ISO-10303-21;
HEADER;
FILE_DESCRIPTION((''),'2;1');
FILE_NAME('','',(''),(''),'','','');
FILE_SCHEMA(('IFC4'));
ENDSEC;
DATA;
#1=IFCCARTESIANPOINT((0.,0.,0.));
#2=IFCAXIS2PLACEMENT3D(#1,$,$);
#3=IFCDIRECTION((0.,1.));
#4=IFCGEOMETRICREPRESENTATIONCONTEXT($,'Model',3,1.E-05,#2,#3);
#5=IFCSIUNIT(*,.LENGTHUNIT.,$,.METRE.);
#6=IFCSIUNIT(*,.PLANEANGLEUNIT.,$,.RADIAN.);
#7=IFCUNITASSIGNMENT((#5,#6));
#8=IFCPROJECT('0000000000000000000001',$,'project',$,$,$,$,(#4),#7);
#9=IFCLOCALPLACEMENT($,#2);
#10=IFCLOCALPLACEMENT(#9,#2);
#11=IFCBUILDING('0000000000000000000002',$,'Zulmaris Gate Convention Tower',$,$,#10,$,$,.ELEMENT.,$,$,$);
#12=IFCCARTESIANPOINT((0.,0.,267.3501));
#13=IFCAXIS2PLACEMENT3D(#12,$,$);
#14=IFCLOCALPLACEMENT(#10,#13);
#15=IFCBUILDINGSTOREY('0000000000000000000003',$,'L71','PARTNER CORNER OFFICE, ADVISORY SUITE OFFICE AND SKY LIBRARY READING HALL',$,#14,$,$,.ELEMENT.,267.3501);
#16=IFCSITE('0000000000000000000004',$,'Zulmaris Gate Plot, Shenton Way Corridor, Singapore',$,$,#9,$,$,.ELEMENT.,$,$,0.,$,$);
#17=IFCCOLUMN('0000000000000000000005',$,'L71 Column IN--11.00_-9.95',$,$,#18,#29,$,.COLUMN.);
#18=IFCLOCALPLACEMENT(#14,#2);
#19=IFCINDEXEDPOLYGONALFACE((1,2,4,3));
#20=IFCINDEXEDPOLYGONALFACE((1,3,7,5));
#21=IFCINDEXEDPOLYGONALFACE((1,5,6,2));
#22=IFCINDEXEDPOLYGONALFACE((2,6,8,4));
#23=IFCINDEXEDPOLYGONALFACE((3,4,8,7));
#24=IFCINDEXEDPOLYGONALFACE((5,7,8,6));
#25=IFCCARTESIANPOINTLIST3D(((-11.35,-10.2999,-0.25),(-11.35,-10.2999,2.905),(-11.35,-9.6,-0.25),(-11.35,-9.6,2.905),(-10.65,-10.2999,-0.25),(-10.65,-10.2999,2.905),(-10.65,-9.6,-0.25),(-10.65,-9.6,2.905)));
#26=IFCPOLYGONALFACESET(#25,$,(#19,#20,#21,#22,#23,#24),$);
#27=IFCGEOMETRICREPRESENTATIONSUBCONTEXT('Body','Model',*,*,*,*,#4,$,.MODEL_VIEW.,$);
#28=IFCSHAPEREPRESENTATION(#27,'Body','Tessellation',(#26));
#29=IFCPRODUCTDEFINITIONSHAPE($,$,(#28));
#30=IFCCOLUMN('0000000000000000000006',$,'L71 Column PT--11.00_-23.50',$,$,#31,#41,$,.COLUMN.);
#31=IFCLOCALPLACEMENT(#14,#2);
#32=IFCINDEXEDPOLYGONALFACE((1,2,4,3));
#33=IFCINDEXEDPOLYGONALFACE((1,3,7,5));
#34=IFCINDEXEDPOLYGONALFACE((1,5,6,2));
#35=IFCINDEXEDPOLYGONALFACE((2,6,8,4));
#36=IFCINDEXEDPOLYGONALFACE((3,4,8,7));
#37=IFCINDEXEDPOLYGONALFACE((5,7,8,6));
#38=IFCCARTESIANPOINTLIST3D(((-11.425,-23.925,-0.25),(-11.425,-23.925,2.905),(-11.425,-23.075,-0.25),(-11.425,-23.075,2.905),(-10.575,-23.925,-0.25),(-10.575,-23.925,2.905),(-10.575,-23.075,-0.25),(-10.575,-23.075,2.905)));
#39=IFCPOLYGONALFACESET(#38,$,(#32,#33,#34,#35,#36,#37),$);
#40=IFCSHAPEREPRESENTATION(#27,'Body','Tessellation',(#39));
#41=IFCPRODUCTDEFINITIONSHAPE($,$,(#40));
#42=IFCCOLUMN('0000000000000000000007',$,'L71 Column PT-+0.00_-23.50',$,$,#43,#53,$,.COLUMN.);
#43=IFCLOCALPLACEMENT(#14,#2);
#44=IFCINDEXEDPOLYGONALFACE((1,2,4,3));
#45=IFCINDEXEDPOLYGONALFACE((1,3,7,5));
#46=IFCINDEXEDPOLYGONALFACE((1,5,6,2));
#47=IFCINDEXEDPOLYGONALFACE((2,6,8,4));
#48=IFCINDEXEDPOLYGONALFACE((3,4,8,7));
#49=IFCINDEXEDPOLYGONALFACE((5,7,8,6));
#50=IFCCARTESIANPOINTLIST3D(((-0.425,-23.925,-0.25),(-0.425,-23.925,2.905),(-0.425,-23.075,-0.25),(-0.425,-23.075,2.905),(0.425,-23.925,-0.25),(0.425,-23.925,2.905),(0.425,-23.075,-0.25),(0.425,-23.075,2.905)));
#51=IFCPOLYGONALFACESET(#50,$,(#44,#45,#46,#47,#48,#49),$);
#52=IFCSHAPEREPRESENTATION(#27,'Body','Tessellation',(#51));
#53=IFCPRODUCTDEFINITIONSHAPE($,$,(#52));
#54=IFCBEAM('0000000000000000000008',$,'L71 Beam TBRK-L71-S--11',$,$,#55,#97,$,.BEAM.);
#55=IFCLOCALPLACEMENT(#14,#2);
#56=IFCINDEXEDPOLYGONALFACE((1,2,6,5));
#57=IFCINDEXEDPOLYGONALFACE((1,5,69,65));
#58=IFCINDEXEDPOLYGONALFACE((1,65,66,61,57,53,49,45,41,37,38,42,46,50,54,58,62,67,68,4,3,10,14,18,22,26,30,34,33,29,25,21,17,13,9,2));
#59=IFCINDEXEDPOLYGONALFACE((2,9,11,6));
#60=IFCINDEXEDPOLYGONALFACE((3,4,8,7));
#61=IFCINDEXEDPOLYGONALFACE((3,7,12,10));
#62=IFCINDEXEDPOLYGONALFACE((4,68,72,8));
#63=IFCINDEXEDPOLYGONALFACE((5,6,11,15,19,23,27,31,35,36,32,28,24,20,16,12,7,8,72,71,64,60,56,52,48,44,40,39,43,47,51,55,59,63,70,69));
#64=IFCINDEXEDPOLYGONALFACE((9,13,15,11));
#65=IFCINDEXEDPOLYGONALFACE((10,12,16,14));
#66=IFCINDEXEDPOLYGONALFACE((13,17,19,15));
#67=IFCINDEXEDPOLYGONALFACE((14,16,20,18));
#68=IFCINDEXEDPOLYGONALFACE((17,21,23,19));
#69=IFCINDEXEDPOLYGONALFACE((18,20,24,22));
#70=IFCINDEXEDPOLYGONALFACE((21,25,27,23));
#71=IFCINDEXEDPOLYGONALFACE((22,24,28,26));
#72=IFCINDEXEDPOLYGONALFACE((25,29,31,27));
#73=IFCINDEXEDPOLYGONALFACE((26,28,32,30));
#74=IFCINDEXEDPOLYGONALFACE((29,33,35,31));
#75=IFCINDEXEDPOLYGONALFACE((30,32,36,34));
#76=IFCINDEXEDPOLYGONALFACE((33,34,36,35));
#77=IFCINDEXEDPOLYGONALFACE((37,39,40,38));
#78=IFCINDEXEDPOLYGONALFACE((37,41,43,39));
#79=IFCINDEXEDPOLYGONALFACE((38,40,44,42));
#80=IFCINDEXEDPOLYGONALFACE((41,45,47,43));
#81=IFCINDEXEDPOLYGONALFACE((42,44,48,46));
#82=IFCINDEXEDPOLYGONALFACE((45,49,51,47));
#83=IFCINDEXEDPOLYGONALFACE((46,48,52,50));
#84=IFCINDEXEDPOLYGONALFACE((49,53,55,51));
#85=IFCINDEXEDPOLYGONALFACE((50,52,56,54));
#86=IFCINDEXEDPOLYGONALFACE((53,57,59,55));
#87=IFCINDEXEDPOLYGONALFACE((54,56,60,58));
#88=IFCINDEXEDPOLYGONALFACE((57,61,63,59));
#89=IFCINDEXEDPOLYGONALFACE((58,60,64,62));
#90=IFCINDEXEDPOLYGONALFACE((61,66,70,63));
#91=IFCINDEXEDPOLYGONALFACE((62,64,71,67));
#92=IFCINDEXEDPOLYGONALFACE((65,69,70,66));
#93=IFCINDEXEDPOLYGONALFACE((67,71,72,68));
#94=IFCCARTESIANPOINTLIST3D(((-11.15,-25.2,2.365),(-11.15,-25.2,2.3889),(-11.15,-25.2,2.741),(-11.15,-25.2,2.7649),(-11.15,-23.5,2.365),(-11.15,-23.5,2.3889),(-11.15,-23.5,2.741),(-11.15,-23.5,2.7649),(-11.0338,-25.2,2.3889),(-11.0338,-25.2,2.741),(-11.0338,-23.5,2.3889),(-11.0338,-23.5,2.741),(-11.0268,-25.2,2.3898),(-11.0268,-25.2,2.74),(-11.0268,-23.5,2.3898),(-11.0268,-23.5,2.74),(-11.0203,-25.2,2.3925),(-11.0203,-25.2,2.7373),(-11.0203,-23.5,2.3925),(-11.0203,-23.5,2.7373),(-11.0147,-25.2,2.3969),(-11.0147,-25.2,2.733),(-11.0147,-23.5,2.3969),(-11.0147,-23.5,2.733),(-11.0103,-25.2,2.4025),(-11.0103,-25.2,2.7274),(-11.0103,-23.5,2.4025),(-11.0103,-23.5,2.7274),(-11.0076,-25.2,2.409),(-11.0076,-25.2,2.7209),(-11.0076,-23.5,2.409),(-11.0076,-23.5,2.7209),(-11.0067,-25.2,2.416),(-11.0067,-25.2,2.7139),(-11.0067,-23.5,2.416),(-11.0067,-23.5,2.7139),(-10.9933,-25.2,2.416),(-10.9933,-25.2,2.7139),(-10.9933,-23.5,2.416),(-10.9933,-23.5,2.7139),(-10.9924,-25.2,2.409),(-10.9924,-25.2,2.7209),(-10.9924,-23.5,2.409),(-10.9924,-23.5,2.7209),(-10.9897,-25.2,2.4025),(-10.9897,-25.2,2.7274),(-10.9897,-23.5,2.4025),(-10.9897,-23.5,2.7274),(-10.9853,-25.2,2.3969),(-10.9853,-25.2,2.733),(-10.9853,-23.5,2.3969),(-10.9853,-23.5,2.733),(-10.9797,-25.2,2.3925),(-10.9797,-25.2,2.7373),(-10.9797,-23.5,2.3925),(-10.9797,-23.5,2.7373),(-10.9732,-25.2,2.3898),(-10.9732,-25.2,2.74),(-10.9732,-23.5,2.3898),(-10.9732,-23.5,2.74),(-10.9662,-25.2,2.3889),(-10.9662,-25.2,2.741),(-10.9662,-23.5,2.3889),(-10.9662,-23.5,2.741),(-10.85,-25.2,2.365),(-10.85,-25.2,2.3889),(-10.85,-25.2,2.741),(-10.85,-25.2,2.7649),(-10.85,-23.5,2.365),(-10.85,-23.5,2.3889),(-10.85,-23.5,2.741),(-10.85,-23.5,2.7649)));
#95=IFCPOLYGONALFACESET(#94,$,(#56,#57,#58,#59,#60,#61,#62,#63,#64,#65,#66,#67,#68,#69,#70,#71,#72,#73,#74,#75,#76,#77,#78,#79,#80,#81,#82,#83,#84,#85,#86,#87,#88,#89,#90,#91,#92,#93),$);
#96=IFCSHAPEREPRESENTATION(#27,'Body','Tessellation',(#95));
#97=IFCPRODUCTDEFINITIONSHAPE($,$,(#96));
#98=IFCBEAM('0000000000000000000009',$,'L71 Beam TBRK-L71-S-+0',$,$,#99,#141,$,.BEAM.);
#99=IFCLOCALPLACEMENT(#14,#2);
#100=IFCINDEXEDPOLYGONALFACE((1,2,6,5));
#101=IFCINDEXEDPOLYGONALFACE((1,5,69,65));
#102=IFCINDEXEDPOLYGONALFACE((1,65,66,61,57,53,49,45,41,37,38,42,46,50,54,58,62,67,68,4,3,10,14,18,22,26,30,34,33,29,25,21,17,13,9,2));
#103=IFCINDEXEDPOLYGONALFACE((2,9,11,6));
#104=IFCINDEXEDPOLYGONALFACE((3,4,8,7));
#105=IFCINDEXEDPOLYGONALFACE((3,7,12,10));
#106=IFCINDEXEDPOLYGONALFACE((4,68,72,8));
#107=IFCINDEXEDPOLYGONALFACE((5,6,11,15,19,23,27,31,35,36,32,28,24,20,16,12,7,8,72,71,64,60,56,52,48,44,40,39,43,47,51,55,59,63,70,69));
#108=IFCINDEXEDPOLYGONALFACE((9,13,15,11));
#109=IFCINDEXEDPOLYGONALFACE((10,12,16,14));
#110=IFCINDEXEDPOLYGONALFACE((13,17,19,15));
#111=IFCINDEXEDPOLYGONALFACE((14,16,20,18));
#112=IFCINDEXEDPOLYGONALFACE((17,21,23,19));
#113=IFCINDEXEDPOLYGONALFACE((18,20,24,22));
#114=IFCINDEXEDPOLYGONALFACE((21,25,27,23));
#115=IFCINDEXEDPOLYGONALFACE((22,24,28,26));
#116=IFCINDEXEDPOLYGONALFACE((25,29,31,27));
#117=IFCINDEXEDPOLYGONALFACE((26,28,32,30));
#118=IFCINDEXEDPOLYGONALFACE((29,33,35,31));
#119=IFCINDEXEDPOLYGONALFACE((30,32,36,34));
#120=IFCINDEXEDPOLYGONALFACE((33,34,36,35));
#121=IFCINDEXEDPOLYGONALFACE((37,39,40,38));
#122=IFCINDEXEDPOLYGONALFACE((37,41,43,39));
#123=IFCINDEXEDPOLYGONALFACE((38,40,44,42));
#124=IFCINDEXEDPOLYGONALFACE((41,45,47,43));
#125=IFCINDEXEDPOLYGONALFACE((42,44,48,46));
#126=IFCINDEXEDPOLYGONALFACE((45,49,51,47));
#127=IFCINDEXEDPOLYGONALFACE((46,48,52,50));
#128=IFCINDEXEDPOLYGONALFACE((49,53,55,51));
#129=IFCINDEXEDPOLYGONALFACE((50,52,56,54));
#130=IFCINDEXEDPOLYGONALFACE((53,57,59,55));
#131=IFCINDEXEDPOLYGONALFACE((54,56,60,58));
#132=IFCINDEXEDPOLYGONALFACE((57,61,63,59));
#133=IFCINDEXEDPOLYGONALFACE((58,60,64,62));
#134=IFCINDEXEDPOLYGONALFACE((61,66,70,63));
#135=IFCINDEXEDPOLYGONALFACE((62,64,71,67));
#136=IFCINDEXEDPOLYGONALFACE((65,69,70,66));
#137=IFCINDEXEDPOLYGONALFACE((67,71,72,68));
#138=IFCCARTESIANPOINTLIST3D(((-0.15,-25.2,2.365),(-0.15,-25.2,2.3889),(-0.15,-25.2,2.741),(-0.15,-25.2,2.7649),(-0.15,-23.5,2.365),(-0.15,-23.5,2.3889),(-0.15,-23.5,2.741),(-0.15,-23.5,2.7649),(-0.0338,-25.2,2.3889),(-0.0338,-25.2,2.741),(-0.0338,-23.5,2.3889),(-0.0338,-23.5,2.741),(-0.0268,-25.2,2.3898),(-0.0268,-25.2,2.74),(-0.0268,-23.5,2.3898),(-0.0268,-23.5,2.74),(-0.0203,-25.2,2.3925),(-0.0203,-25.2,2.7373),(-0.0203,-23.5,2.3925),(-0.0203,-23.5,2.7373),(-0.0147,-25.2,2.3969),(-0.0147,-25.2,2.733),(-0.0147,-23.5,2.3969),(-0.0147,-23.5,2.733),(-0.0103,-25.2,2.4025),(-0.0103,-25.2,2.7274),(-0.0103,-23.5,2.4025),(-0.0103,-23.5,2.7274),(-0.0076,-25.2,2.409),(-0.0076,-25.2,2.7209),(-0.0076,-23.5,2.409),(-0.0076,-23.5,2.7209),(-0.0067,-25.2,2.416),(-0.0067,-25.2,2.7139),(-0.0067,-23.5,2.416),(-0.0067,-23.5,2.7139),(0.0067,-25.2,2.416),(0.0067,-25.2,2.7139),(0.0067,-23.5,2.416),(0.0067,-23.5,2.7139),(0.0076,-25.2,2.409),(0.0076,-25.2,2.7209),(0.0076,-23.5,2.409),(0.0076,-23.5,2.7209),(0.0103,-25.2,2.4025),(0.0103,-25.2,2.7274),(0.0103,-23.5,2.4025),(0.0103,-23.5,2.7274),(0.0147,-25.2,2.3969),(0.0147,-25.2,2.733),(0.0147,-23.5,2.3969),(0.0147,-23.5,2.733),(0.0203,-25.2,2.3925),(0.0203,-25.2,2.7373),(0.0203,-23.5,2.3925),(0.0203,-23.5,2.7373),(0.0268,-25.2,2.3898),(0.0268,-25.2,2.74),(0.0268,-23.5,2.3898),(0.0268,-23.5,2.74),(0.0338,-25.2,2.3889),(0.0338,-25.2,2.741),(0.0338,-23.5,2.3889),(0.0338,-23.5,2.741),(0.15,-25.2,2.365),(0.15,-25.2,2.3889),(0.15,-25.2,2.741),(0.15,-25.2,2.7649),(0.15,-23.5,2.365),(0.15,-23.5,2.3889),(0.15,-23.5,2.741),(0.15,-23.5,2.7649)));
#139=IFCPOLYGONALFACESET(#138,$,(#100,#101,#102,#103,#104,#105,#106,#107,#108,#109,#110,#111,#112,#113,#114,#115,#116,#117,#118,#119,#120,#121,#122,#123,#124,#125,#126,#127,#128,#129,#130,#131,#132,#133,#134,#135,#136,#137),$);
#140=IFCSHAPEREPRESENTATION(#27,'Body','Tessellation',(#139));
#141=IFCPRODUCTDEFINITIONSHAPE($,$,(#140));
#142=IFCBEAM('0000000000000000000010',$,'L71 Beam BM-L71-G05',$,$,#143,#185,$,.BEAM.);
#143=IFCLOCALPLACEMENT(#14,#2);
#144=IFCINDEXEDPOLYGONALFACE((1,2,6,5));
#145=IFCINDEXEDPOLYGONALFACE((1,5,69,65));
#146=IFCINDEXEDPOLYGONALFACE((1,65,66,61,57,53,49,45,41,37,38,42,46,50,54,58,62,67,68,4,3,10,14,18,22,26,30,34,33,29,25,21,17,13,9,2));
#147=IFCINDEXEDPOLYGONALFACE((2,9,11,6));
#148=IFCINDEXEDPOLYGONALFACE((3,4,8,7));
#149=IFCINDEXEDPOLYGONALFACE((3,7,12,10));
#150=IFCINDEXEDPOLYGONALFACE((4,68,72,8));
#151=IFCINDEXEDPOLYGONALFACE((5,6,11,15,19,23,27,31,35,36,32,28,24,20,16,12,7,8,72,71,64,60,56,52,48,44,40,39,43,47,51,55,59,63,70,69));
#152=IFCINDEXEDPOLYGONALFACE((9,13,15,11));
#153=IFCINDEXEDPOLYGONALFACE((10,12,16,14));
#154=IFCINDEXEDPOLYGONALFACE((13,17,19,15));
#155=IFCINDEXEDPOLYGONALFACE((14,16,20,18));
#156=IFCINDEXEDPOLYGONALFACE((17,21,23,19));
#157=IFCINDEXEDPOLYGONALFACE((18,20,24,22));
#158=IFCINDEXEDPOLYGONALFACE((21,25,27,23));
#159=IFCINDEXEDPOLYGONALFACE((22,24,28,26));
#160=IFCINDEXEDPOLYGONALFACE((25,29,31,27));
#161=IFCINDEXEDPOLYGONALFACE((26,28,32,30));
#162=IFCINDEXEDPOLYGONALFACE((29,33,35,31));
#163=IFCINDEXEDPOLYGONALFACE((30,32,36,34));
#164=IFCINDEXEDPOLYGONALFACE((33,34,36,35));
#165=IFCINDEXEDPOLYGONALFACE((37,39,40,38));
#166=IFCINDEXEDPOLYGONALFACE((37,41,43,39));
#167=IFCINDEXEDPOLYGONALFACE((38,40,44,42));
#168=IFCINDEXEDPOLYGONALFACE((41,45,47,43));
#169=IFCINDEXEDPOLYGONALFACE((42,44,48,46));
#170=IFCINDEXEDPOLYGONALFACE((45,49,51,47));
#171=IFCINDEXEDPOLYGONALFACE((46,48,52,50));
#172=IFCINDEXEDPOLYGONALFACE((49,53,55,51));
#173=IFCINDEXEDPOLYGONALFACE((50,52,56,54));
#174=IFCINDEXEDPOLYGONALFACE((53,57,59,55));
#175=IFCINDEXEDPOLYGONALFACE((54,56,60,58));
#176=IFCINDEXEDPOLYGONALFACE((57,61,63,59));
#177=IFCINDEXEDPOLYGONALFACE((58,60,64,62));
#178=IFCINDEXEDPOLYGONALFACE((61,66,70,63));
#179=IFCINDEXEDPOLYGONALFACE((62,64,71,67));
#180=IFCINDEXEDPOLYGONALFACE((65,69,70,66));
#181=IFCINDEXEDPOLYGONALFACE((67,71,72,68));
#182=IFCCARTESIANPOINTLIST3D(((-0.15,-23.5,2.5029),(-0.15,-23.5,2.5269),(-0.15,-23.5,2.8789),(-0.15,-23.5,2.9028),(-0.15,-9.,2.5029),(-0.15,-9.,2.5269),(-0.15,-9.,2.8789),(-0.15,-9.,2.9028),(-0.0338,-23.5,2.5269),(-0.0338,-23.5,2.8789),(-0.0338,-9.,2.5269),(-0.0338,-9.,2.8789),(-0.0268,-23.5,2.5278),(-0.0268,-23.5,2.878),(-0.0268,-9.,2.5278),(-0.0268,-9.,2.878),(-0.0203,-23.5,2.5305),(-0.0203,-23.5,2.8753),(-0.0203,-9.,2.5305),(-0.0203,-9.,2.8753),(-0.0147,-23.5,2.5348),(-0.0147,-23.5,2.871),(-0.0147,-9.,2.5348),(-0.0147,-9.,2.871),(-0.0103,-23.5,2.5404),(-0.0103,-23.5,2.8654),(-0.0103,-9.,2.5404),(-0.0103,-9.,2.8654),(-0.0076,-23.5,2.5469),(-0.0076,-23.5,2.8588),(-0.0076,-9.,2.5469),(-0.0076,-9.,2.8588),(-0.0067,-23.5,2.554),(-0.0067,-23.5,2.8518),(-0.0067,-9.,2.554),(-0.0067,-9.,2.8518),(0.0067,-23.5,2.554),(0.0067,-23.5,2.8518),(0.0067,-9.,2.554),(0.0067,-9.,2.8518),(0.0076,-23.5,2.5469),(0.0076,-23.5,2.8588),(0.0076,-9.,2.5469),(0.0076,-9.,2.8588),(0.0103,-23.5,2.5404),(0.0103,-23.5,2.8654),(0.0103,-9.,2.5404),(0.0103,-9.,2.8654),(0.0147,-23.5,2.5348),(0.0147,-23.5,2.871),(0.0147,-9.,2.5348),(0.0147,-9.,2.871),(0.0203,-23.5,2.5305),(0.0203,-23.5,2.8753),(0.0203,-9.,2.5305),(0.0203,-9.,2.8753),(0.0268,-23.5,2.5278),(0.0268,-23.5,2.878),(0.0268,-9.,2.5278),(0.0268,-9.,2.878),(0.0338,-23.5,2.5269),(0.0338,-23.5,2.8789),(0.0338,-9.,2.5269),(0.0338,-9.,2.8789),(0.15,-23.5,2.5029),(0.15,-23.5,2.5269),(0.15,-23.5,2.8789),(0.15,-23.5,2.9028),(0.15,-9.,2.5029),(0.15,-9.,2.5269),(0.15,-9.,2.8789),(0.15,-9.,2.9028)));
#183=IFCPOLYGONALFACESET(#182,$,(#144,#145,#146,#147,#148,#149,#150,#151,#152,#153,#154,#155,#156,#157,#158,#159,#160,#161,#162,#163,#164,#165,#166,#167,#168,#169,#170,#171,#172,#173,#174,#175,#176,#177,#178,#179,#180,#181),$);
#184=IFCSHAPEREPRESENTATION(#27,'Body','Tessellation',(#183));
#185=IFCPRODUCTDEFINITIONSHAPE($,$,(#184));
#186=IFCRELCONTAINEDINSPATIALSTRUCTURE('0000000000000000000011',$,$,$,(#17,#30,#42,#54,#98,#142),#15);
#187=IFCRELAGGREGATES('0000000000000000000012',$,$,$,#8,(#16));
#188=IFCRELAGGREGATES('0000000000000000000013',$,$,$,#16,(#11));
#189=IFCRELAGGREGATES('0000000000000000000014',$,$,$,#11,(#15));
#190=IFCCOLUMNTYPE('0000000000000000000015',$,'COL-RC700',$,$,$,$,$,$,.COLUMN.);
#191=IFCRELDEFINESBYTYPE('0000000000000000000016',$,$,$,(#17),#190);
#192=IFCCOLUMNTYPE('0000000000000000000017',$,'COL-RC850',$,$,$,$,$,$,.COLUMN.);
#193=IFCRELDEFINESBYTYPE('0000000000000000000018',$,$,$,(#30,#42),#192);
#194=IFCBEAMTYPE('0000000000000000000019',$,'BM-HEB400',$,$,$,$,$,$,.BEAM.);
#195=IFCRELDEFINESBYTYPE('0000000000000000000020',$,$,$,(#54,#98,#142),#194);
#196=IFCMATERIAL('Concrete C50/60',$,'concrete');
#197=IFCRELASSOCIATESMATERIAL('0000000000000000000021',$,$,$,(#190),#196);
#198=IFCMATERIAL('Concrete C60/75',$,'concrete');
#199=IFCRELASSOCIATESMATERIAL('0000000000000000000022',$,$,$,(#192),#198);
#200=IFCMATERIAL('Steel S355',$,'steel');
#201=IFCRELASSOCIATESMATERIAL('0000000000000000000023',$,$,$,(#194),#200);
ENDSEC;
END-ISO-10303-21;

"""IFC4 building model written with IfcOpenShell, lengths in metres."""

from ifc_helpers import new_model, si_unit, direction, frame, origin, origin_2d, place, context, subcontext, project, spatial, rectangle, i_section, extrude, material, material_profile, profile_set, type_object, element, save


model = new_model("IFC4")

# Units and contexts
model_context = context("Model", 3, precision=1e-05, world=origin(), true_north=direction((0.0, 1.0)))
body_context = subcontext(model_context, "Body", "Model", "MODEL_VIEW")
ifc_project = project(units=[si_unit("LENGTHUNIT", "METRE"), si_unit("PLANEANGLEUNIT", "RADIAN")], contexts=[model_context])

# Site, building, storey
site_placement = place(None, origin())
site = spatial("IfcSite", under=ifc_project, at=site_placement, Name="Zulmaris Gate Plot, Shenton Way Corridor, Singapore", CompositionType="ELEMENT", RefElevation=0.0)
building_placement = place(site_placement, origin())
building = spatial("IfcBuilding", under=site, at=building_placement, Name="Zulmaris Gate Convention Tower", CompositionType="ELEMENT")
storey_placement = place(building_placement, frame((0.0, 0.0, 267.3501)))
storey = spatial("IfcBuildingStorey", under=building, at=storey_placement, Name="L71", Description="PARTNER CORNER OFFICE, ADVISORY SUITE OFFICE AND SKY LIBRARY READING HALL", CompositionType="ELEMENT", Elevation=267.3501)

# Columns
ifc_material_1 = material(Name="Concrete C50/60", Category="concrete")
ifc_material_profile_1 = material_profile(ifc_material_1, rectangle(XDim=0.7, YDim=0.7, at=origin_2d()), Name="RC COL 700x700")
ifc_profile_set_1 = profile_set([ifc_material_profile_1], Name="Concrete C50/60")
column_type_1 = type_object("IfcColumnType", Name="COL-RC700", PredefinedType="COLUMN", material=ifc_profile_set_1)
column_placement = place(storey_placement, frame((-11.0, -9.95, -0.25), z_axis=(0.0, 0.0, 1.0), x_axis=(1.0, 0.0, 0.0)))
element("IfcColumn", 1, at=column_placement, inside=storey, type_object=column_type_1, Name="L71 Column IN--11.00_-9.95", PredefinedType="COLUMN", context=body_context, shape_type="SweptSolid", body=[
    extrude(rectangle(XDim=0.7, YDim=0.7, at=origin_2d()), origin(), (0.0, 0.0, 1.0), 3.155),
])
ifc_material_2 = material(Name="Concrete C60/75", Category="concrete")
ifc_material_profile_2 = material_profile(ifc_material_2, rectangle(XDim=0.8501, YDim=0.8501, at=origin_2d()), Name="RC COL 850x850")
ifc_profile_set_2 = profile_set([ifc_material_profile_2], Name="Concrete C60/75")
column_type_2 = type_object("IfcColumnType", Name="COL-RC850", PredefinedType="COLUMN", material=ifc_profile_set_2)
for number, where, z_axis, x_axis, name in (
    (2, (-11.0, -23.5, -0.25), (0.0, 0.0, 1.0), (1.0, 0.0, 0.0), "L71 Column PT--11.00_-23.50"),
    (3, (0.0, -23.5, -0.25), (0.0, 0.0, 1.0), (1.0, 0.0, 0.0), "L71 Column PT-+0.00_-23.50"),
):
    element("IfcColumn", number, at=place(storey_placement, frame(where, z_axis=z_axis, x_axis=x_axis)), inside=storey, type_object=column_type_2, Name=name, PredefinedType="COLUMN", context=body_context, shape_type="SweptSolid", body=[
        extrude(rectangle(XDim=0.8501, YDim=0.8501, at=origin_2d()), origin(), (0.0, 0.0, 1.0), 3.155),
    ])

# Beams
ifc_material_3 = material(Name="Steel S355", Category="steel")
ifc_material_profile_3 = material_profile(ifc_material_3, i_section(OverallWidth=0.3, OverallDepth=0.3999, WebThickness=0.0134, FlangeThickness=0.0239, FilletRadius=0.0271, at=origin_2d()), Name="HEB 400")
ifc_profile_set_3 = profile_set([ifc_material_profile_3], Name="Steel S355")
beam_type_1 = type_object("IfcBeamType", Name="BM-HEB400", PredefinedType="BEAM", material=ifc_profile_set_3)
for number, where, z_axis, x_axis, name in (
    (4, (-11.0, -25.2, 2.5649), (0.0, 1.0, 0.0), (-1.0, 0.0, 0.0), "L71 Beam TBRK-L71-S--11"),
    (5, (0.0, -25.2, 2.5649), (0.0, 1.0, 0.0), (-1.0, 0.0, 0.0), "L71 Beam TBRK-L71-S-+0"),
):
    element("IfcBeam", number, at=place(storey_placement, frame(where, z_axis=z_axis, x_axis=x_axis)), inside=storey, type_object=beam_type_1, Name=name, PredefinedType="BEAM", context=body_context, shape_type="SweptSolid", body=[
        extrude(i_section(OverallWidth=0.3, OverallDepth=0.3999, WebThickness=0.0134, FlangeThickness=0.0239, FilletRadius=0.0271, at=origin_2d()), origin(), (0.0, 0.0, 1.0), 1.7),
    ])
beam_1_placement = place(storey_placement, frame((0.0, -23.5, 2.7029), z_axis=(0.0, 1.0, 0.0), x_axis=(-1.0, 0.0, 0.0)))
element("IfcBeam", 6, at=beam_1_placement, inside=storey, type_object=beam_type_1, Name="L71 Beam BM-L71-G05", PredefinedType="BEAM", context=body_context, shape_type="SweptSolid", body=[
    extrude(i_section(OverallWidth=0.3, OverallDepth=0.3999, WebThickness=0.0134, FlangeThickness=0.0239, FilletRadius=0.0271, at=origin_2d()), origin(), (0.0, 0.0, 1.0), 14.5),
])

save(model, "model.ifc")
